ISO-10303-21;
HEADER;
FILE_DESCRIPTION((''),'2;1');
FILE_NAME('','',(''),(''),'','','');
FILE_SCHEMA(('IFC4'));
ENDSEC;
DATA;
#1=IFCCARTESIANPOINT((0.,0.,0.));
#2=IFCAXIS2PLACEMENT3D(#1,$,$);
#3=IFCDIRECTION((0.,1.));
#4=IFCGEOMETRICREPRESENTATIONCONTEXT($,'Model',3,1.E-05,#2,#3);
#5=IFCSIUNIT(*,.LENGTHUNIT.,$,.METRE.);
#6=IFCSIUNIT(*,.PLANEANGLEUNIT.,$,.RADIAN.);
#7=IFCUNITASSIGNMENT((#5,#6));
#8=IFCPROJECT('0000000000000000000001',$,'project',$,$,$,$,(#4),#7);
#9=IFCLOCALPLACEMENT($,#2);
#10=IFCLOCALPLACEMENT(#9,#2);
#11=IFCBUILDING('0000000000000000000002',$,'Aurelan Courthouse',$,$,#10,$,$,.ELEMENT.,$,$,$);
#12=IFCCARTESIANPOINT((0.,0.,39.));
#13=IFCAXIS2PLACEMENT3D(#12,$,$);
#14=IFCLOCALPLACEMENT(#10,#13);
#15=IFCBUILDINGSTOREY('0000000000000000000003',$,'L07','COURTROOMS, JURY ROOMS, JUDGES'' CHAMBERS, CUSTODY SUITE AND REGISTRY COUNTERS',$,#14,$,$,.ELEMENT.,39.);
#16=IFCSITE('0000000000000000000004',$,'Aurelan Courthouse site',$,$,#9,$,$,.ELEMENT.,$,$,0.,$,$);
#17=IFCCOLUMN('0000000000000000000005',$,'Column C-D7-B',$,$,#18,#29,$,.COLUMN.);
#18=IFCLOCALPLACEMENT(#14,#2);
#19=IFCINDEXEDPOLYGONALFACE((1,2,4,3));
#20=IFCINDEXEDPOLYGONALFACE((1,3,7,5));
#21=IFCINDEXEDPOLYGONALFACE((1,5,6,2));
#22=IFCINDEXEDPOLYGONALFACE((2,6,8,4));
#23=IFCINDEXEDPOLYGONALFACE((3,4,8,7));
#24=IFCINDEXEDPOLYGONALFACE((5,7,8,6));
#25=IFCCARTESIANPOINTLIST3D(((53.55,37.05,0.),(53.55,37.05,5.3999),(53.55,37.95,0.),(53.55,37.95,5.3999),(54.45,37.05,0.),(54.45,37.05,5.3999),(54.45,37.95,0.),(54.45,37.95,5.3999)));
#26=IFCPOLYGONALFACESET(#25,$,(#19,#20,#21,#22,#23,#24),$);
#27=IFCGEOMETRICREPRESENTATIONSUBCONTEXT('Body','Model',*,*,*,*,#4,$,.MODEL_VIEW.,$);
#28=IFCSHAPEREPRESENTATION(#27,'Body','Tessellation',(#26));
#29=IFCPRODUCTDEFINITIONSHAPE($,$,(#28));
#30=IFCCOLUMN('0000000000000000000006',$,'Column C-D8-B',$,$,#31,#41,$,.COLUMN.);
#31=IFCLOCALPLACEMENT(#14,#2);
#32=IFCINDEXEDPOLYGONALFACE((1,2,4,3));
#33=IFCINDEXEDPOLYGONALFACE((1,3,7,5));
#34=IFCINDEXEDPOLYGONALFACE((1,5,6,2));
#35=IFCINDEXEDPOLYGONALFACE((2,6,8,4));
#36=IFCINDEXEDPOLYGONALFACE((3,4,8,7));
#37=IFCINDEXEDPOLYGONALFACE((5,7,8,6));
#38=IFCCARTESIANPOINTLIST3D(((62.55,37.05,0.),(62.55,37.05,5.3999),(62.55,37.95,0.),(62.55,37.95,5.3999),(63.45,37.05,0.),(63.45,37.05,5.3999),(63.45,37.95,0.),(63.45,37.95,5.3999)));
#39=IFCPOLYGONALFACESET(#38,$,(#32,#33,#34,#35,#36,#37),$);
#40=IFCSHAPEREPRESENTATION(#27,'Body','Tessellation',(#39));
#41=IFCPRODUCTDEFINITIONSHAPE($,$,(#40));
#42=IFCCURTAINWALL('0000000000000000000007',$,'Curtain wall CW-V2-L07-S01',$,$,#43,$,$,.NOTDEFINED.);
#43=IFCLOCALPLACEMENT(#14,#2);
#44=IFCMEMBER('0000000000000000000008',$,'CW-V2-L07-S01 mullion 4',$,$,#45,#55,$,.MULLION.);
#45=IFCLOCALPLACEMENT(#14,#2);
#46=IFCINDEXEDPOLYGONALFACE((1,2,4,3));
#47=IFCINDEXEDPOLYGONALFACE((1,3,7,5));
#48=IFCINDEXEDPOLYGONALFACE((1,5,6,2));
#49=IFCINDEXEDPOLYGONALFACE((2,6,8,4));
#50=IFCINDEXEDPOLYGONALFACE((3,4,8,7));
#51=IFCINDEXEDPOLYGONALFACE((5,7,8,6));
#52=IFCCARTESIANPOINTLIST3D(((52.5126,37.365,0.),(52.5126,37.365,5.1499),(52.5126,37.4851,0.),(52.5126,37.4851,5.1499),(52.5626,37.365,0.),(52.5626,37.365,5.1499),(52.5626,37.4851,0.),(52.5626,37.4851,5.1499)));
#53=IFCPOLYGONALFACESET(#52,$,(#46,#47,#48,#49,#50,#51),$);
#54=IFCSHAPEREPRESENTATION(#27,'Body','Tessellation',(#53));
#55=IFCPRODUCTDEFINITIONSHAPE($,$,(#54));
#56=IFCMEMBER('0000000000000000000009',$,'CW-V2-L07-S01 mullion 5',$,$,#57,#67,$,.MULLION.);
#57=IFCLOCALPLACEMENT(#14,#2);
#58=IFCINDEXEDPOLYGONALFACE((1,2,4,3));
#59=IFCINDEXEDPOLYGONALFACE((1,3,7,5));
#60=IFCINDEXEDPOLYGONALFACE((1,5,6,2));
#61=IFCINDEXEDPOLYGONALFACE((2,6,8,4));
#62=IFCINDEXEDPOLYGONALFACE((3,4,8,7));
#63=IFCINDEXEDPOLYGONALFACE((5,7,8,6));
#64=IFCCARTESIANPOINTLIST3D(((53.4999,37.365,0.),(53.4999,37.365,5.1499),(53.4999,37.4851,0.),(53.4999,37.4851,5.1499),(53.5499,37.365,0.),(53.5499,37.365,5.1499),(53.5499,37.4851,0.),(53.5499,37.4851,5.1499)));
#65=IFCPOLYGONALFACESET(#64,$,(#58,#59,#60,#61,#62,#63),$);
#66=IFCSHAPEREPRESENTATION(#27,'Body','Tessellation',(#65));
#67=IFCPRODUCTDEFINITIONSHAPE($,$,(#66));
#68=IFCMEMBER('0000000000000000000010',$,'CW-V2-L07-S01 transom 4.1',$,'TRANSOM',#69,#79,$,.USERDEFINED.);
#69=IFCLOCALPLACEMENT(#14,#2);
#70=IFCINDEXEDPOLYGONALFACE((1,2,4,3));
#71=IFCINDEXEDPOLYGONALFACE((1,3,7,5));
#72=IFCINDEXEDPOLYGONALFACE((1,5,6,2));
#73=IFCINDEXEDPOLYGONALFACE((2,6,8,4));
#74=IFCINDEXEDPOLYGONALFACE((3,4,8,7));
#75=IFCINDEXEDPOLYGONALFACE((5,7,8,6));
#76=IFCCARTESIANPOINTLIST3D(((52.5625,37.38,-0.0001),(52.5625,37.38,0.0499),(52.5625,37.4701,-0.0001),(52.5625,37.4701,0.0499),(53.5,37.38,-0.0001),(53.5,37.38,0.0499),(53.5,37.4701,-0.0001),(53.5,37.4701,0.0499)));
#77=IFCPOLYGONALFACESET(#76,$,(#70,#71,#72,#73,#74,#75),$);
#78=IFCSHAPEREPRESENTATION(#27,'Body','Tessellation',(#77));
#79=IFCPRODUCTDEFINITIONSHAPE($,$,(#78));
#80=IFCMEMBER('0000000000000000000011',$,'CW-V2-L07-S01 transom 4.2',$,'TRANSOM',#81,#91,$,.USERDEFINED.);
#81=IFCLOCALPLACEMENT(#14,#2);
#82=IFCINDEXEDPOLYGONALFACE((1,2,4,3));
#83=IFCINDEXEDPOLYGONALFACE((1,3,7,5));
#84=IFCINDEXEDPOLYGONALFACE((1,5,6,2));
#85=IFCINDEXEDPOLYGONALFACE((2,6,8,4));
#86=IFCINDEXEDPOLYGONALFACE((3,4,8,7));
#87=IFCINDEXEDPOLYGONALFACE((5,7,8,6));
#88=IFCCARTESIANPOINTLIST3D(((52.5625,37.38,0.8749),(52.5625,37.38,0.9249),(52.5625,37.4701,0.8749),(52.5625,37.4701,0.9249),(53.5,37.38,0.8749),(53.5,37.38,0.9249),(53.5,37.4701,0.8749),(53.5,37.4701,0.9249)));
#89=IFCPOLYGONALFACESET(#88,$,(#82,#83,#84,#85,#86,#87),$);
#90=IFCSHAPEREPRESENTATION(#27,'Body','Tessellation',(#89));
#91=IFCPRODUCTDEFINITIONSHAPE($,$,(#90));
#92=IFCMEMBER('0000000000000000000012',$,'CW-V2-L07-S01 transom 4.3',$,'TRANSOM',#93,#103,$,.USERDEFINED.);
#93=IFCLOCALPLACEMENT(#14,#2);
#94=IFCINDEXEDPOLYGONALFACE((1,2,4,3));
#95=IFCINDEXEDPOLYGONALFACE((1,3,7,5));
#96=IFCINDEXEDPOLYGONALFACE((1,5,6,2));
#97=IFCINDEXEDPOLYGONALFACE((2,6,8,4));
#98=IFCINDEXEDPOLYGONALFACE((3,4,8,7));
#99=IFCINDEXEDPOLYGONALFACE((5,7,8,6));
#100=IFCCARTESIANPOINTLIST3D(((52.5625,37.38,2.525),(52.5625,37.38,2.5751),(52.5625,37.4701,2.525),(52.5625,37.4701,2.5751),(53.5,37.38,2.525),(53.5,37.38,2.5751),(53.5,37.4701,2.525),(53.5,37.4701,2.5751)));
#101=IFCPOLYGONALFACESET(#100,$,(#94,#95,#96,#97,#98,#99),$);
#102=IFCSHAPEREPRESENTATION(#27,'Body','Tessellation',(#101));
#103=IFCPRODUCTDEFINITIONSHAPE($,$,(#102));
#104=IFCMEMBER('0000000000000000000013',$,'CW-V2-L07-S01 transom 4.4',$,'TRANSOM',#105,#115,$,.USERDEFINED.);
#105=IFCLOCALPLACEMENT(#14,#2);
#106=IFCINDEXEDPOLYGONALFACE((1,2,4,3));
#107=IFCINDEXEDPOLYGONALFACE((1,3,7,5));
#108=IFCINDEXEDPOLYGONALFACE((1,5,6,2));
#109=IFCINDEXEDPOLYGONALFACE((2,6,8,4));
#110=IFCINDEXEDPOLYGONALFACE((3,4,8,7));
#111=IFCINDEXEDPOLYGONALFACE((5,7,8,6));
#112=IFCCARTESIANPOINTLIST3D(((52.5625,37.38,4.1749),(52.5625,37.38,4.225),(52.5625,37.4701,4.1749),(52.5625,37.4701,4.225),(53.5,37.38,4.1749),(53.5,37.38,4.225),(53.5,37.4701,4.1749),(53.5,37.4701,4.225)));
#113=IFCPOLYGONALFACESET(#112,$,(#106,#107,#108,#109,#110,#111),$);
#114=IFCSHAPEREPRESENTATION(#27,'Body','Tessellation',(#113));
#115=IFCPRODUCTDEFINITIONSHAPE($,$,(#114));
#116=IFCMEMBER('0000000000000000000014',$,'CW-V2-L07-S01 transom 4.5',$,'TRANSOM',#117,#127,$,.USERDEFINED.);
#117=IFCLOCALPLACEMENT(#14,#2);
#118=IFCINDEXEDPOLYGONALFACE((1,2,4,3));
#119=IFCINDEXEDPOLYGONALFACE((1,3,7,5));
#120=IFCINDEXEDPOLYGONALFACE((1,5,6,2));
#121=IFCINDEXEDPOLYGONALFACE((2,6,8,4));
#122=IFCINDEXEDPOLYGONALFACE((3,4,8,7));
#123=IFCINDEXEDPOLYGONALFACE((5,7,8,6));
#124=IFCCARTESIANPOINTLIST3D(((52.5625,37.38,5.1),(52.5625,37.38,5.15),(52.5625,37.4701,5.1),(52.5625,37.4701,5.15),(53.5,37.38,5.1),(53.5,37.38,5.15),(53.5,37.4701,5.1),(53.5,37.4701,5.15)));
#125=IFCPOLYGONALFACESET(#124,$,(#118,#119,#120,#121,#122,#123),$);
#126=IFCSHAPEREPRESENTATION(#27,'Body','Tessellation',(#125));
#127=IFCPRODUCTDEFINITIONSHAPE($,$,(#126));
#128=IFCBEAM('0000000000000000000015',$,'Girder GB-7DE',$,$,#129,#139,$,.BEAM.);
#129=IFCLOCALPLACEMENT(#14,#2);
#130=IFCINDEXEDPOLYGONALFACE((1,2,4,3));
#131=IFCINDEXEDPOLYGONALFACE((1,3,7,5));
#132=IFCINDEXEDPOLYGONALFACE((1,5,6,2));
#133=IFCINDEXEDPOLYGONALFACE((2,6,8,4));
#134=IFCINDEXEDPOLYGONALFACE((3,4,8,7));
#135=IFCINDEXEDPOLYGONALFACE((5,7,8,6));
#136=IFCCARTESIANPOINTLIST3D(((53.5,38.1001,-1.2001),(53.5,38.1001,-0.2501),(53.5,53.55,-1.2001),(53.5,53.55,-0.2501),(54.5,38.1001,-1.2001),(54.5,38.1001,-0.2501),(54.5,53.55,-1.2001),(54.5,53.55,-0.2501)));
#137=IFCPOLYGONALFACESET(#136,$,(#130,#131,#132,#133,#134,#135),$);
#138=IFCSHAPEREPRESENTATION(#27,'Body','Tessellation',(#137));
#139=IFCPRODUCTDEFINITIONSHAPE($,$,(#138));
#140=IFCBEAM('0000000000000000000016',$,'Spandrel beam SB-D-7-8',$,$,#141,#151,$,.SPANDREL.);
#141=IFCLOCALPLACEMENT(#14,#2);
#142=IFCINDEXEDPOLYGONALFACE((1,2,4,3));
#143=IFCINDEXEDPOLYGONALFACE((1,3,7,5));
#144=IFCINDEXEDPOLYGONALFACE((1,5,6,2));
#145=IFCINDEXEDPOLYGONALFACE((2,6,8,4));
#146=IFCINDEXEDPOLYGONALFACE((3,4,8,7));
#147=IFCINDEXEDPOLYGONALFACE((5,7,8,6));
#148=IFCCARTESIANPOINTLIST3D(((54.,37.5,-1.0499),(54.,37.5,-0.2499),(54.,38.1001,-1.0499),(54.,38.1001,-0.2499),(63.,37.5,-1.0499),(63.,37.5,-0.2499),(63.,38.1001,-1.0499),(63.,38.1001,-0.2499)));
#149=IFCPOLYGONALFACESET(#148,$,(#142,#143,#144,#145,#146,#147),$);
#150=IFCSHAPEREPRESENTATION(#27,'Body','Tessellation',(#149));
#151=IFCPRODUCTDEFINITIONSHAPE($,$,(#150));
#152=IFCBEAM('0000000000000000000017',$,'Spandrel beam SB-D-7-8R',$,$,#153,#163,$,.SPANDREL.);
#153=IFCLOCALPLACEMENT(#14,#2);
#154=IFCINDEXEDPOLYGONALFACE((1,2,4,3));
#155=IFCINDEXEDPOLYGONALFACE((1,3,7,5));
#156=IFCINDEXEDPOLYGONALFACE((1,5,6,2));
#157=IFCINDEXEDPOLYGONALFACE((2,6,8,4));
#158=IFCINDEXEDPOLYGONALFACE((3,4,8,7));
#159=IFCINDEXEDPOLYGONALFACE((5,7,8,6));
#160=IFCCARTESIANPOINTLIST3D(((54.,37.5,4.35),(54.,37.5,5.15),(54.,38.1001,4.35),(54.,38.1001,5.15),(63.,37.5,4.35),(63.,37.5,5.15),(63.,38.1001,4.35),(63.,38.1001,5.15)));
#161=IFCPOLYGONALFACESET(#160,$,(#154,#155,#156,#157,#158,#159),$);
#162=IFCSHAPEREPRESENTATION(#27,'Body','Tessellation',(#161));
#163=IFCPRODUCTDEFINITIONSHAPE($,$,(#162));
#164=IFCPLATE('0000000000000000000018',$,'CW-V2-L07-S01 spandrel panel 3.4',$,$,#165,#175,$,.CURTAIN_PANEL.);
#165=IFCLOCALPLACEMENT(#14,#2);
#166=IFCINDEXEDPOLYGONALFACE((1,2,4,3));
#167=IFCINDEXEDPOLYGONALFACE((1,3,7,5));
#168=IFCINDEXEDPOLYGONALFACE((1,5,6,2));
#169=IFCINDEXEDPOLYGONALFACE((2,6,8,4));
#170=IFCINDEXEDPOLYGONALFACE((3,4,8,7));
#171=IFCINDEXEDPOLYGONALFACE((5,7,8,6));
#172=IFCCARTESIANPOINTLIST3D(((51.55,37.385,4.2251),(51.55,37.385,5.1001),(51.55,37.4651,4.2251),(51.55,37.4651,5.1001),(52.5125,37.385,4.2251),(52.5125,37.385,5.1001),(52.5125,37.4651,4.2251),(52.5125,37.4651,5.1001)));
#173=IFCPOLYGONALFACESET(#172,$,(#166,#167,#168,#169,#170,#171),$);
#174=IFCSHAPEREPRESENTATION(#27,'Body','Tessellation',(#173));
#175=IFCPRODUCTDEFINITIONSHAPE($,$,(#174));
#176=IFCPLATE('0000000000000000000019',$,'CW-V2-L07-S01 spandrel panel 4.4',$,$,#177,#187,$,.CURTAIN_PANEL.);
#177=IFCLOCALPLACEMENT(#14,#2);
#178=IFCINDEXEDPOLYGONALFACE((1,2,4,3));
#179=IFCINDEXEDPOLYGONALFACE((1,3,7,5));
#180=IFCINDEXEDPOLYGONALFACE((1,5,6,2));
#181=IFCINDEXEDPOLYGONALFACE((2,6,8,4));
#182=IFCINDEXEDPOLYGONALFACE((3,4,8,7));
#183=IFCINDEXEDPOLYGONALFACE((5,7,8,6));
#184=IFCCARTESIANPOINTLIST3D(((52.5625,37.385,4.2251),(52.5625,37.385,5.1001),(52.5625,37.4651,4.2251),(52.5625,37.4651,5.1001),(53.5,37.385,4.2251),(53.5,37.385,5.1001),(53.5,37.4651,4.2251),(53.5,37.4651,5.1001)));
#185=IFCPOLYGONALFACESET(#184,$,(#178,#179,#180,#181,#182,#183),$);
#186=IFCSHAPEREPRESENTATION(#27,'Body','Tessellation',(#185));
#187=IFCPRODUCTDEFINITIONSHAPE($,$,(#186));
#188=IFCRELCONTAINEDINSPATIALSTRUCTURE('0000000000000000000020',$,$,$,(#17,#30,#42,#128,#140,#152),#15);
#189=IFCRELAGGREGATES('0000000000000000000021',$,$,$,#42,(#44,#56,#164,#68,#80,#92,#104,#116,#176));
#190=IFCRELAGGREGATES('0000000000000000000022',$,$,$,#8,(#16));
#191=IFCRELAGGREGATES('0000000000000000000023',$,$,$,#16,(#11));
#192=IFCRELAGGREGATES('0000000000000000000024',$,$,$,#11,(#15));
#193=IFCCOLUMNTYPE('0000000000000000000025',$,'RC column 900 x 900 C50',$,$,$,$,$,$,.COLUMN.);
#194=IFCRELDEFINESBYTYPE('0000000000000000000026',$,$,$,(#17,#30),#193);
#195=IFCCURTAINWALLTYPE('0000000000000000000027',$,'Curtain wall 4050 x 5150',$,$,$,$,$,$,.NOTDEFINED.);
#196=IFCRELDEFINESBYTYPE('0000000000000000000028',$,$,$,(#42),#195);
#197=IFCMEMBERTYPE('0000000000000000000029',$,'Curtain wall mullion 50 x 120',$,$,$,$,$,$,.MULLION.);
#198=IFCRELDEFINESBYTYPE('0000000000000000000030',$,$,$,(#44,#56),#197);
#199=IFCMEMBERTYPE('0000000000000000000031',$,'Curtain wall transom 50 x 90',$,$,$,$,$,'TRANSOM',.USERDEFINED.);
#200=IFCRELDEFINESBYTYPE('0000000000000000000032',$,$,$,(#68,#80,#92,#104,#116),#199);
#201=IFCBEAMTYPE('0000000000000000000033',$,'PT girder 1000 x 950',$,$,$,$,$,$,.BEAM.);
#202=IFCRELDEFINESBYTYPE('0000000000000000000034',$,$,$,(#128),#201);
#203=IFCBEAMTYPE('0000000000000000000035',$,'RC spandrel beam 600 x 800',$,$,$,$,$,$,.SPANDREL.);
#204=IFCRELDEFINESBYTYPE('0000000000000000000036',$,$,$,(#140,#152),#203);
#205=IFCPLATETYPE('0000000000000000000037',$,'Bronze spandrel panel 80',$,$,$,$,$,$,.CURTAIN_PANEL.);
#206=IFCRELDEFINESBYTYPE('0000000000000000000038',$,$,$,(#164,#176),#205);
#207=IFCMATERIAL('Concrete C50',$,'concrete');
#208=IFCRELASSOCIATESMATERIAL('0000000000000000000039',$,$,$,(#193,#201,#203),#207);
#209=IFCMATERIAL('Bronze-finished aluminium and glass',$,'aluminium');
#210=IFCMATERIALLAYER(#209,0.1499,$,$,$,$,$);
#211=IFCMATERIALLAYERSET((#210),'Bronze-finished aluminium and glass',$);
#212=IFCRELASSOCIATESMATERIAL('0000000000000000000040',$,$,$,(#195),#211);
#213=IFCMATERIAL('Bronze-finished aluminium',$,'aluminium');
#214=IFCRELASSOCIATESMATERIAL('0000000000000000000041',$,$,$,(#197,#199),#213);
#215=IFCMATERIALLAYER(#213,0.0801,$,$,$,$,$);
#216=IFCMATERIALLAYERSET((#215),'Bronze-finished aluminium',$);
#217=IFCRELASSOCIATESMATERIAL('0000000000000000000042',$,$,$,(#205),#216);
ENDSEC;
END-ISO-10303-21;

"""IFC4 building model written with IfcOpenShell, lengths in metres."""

from ifc_helpers import new_model, si_unit, direction, frame, origin, origin_2d, place, context, subcontext, project, spatial, rectangle, extrude, material, layer, layer_set, material_profile, profile_set, type_object, element, aggregate, save


model = new_model("IFC4")

# Units and contexts
model_context = context("Model", 3, precision=1e-05, world=origin(), true_north=direction((0.0, 1.0)))
body_context = subcontext(model_context, "Body", "Model", "MODEL_VIEW")
ifc_project = project(units=[si_unit("LENGTHUNIT", "METRE"), si_unit("PLANEANGLEUNIT", "RADIAN")], contexts=[model_context])

# Site, building, storey
site_placement = place(None, origin())
site = spatial("IfcSite", under=ifc_project, at=site_placement, Name="Aurelan Courthouse site", CompositionType="ELEMENT", RefElevation=0.0)
building_placement = place(site_placement, origin())
building = spatial("IfcBuilding", under=site, at=building_placement, Name="Aurelan Courthouse", CompositionType="ELEMENT")
storey_placement = place(building_placement, frame((0.0, 0.0, 39.0)))
storey = spatial("IfcBuildingStorey", under=building, at=storey_placement, Name="L07", Description="COURTROOMS, JURY ROOMS, JUDGES' CHAMBERS, CUSTODY SUITE AND REGISTRY COUNTERS", CompositionType="ELEMENT", Elevation=39.0)

# Columns
ifc_material_1 = material(Name="Concrete C50", Category="concrete")
ifc_material_profile_1 = material_profile(ifc_material_1, rectangle(XDim=0.8999, YDim=0.8999, at=origin_2d()), Name="RC 900 x 900")
ifc_profile_set_1 = profile_set([ifc_material_profile_1], Name="Concrete C50")
column_type = type_object("IfcColumnType", Name="RC column 900 x 900 C50", PredefinedType="COLUMN", material=ifc_profile_set_1)
for number, where, z_axis, x_axis, name in (
    (1, (54.0, 37.5, 0.0), (0.0, 0.0, 1.0), (1.0, 0.0, 0.0), "Column C-D7-B"),
    (2, (63.0, 37.5, 0.0), (0.0, 0.0, 1.0), (1.0, 0.0, 0.0), "Column C-D8-B"),
):
    element("IfcColumn", number, at=place(storey_placement, frame(where, z_axis=z_axis, x_axis=x_axis)), inside=storey, type_object=column_type, Name=name, PredefinedType="COLUMN", context=body_context, shape_type="SweptSolid", body=[
        extrude(rectangle(XDim=0.8999, YDim=0.8999, at=origin_2d()), origin(), (0.0, 0.0, 1.0), 5.3999),
    ])

# Curtain wall, members
ifc_material_2 = material(Name="Bronze-finished aluminium and glass", Category="aluminium")
ifc_layer_1 = layer(ifc_material_2, 0.1499)
ifc_layer_set_1 = layer_set([ifc_layer_1], Name="Bronze-finished aluminium and glass")
curtain_wall_type = type_object("IfcCurtainWallType", Name="Curtain wall 4050 x 5150", PredefinedType="NOTDEFINED", material=ifc_layer_set_1)
curtain_wall_placement = place(storey_placement, origin())
curtain_wall = element("IfcCurtainWall", 3, at=curtain_wall_placement, inside=storey, type_object=curtain_wall_type, Name="Curtain wall CW-V2-L07-S01", PredefinedType="NOTDEFINED")
ifc_material_3 = material(Name="Bronze-finished aluminium", Category="aluminium")
ifc_material_profile_2 = material_profile(ifc_material_3, rectangle(XDim=0.1201, YDim=0.05, at=origin_2d()), Name="Bronze mullion 50 x 120")
ifc_profile_set_2 = profile_set([ifc_material_profile_2], Name="Bronze-finished aluminium")
member_type_1 = type_object("IfcMemberType", Name="Curtain wall mullion 50 x 120", PredefinedType="MULLION", material=ifc_profile_set_2)
member_1_placement = place(storey_placement, frame((52.5376, 37.425, 0.0), z_axis=(0.0, 0.0, 1.0), x_axis=(0.0, 1.0, 0.0)))
member_1 = element("IfcMember", 4, at=member_1_placement, type_object=member_type_1, Name="CW-V2-L07-S01 mullion 4", PredefinedType="MULLION", context=body_context, shape_type="SweptSolid", body=[
    extrude(rectangle(XDim=0.1201, YDim=0.05, at=origin_2d()), origin(), (0.0, 0.0, 1.0), 5.1499),
])
member_2_placement = place(storey_placement, frame((53.5249, 37.425, 0.0), z_axis=(0.0, 0.0, 1.0), x_axis=(0.0, 1.0, 0.0)))
member_2 = element("IfcMember", 5, at=member_2_placement, type_object=member_type_1, Name="CW-V2-L07-S01 mullion 5", PredefinedType="MULLION", context=body_context, shape_type="SweptSolid", body=[
    extrude(rectangle(XDim=0.1201, YDim=0.05, at=origin_2d()), origin(), (0.0, 0.0, 1.0), 5.1499),
])
ifc_material_profile_3 = material_profile(ifc_material_3, rectangle(XDim=0.0901, YDim=0.05, at=origin_2d()), Name="Bronze transom 50 x 90")
ifc_profile_set_3 = profile_set([ifc_material_profile_3], Name="Bronze-finished aluminium")
member_type_2 = type_object("IfcMemberType", Name="Curtain wall transom 50 x 90", ElementType="TRANSOM", PredefinedType="USERDEFINED", material=ifc_profile_set_3)
member_3_placement = place(storey_placement, frame((52.5625, 37.425, 0.0249), z_axis=(1.0, 0.0, 0.0), x_axis=(0.0, 1.0, 0.0)))
member_3 = element("IfcMember", 6, at=member_3_placement, type_object=member_type_2, Name="CW-V2-L07-S01 transom 4.1", ObjectType="TRANSOM", PredefinedType="USERDEFINED", context=body_context, shape_type="SweptSolid", body=[
    extrude(rectangle(XDim=0.0901, YDim=0.05, at=origin_2d()), origin(), (0.0, 0.0, 1.0), 0.9375),
])
member_4_placement = place(storey_placement, frame((52.5625, 37.425, 0.8999), z_axis=(1.0, 0.0, 0.0), x_axis=(0.0, 1.0, 0.0)))
member_4 = element("IfcMember", 7, at=member_4_placement, type_object=member_type_2, Name="CW-V2-L07-S01 transom 4.2", ObjectType="TRANSOM", PredefinedType="USERDEFINED", context=body_context, shape_type="SweptSolid", body=[
    extrude(rectangle(XDim=0.0901, YDim=0.05, at=origin_2d()), origin(), (0.0, 0.0, 1.0), 0.9375),
])
member_5_placement = place(storey_placement, frame((52.5625, 37.425, 2.55), z_axis=(1.0, 0.0, 0.0), x_axis=(0.0, 1.0, 0.0)))
member_5 = element("IfcMember", 8, at=member_5_placement, type_object=member_type_2, Name="CW-V2-L07-S01 transom 4.3", ObjectType="TRANSOM", PredefinedType="USERDEFINED", context=body_context, shape_type="SweptSolid", body=[
    extrude(rectangle(XDim=0.0901, YDim=0.05, at=origin_2d()), origin(), (0.0, 0.0, 1.0), 0.9375),
])
member_6_placement = place(storey_placement, frame((52.5625, 37.425, 4.2), z_axis=(1.0, 0.0, 0.0), x_axis=(0.0, 1.0, 0.0)))
member_6 = element("IfcMember", 9, at=member_6_placement, type_object=member_type_2, Name="CW-V2-L07-S01 transom 4.4", ObjectType="TRANSOM", PredefinedType="USERDEFINED", context=body_context, shape_type="SweptSolid", body=[
    extrude(rectangle(XDim=0.0901, YDim=0.05, at=origin_2d()), origin(), (0.0, 0.0, 1.0), 0.9375),
])
member_7_placement = place(storey_placement, frame((52.5625, 37.425, 5.125), z_axis=(1.0, 0.0, 0.0), x_axis=(0.0, 1.0, 0.0)))
member_7 = element("IfcMember", 10, at=member_7_placement, type_object=member_type_2, Name="CW-V2-L07-S01 transom 4.5", ObjectType="TRANSOM", PredefinedType="USERDEFINED", context=body_context, shape_type="SweptSolid", body=[
    extrude(rectangle(XDim=0.0901, YDim=0.05, at=origin_2d()), origin(), (0.0, 0.0, 1.0), 0.9375),
])

# Beams
ifc_material_profile_4 = material_profile(ifc_material_1, rectangle(XDim=1.0, YDim=0.95, at=origin_2d()), Name="RC 1000 x 950")
ifc_profile_set_4 = profile_set([ifc_material_profile_4], Name="Concrete C50")
beam_type_1 = type_object("IfcBeamType", Name="PT girder 1000 x 950", PredefinedType="BEAM", material=ifc_profile_set_4)
beam_placement = place(storey_placement, frame((54.0, 38.1001, -0.7251), z_axis=(0.0, 1.0, 0.0), x_axis=(-1.0, 0.0, 0.0)))
element("IfcBeam", 11, at=beam_placement, inside=storey, type_object=beam_type_1, Name="Girder GB-7DE", PredefinedType="BEAM", context=body_context, shape_type="SweptSolid", body=[
    extrude(rectangle(XDim=1.0, YDim=0.95, at=origin_2d()), origin(), (0.0, 0.0, 1.0), 15.45),
])
ifc_material_profile_5 = material_profile(ifc_material_1, rectangle(XDim=0.6001, YDim=0.8, at=origin_2d()), Name="RC 600 x 800")
ifc_profile_set_5 = profile_set([ifc_material_profile_5], Name="Concrete C50")
beam_type_2 = type_object("IfcBeamType", Name="RC spandrel beam 600 x 800", PredefinedType="SPANDREL", material=ifc_profile_set_5)
for number, where, z_axis, x_axis, name in (
    (12, (54.0, 37.8, -0.6499), (1.0, 0.0, 0.0), (0.0, 1.0, 0.0), "Spandrel beam SB-D-7-8"),
    (13, (54.0, 37.8, 4.75), (1.0, 0.0, 0.0), (0.0, 1.0, 0.0), "Spandrel beam SB-D-7-8R"),
):
    element("IfcBeam", number, at=place(storey_placement, frame(where, z_axis=z_axis, x_axis=x_axis)), inside=storey, type_object=beam_type_2, Name=name, PredefinedType="SPANDREL", context=body_context, shape_type="SweptSolid", body=[
        extrude(rectangle(XDim=0.6001, YDim=0.8, at=origin_2d()), origin(), (0.0, 0.0, 1.0), 9.0),
    ])

# Plates
ifc_layer_2 = layer(ifc_material_3, 0.0801)
ifc_layer_set_2 = layer_set([ifc_layer_2], Name="Bronze-finished aluminium")
plate_type_1 = type_object("IfcPlateType", Name="Bronze spandrel panel 80", PredefinedType="CURTAIN_PANEL", material=ifc_layer_set_2)
plate_1_placement = place(storey_placement, frame((52.0312, 37.425, 4.2251), z_axis=(0.0, 0.0, 1.0), x_axis=(1.0, 0.0, 0.0)))
plate_1 = element("IfcPlate", 14, at=plate_1_placement, type_object=plate_type_1, Name="CW-V2-L07-S01 spandrel panel 3.4", PredefinedType="CURTAIN_PANEL", context=body_context, shape_type="SweptSolid", body=[
    extrude(rectangle(XDim=0.9624, YDim=0.0801, at=origin_2d()), origin(), (0.0, 0.0, 1.0), 0.875),
])
plate_2_placement = place(storey_placement, frame((53.0312, 37.425, 4.2251), z_axis=(0.0, 0.0, 1.0), x_axis=(1.0, 0.0, 0.0)))
plate_2 = element("IfcPlate", 15, at=plate_2_placement, type_object=plate_type_1, Name="CW-V2-L07-S01 spandrel panel 4.4", PredefinedType="CURTAIN_PANEL", context=body_context, shape_type="SweptSolid", body=[
    extrude(rectangle(XDim=0.9375, YDim=0.0801, at=origin_2d()), origin(), (0.0, 0.0, 1.0), 0.875),
])
aggregate(curtain_wall, [member_1, member_2, plate_1, member_3, member_4, member_5, member_6, member_7, plate_2])

save(model, "model.ifc")
